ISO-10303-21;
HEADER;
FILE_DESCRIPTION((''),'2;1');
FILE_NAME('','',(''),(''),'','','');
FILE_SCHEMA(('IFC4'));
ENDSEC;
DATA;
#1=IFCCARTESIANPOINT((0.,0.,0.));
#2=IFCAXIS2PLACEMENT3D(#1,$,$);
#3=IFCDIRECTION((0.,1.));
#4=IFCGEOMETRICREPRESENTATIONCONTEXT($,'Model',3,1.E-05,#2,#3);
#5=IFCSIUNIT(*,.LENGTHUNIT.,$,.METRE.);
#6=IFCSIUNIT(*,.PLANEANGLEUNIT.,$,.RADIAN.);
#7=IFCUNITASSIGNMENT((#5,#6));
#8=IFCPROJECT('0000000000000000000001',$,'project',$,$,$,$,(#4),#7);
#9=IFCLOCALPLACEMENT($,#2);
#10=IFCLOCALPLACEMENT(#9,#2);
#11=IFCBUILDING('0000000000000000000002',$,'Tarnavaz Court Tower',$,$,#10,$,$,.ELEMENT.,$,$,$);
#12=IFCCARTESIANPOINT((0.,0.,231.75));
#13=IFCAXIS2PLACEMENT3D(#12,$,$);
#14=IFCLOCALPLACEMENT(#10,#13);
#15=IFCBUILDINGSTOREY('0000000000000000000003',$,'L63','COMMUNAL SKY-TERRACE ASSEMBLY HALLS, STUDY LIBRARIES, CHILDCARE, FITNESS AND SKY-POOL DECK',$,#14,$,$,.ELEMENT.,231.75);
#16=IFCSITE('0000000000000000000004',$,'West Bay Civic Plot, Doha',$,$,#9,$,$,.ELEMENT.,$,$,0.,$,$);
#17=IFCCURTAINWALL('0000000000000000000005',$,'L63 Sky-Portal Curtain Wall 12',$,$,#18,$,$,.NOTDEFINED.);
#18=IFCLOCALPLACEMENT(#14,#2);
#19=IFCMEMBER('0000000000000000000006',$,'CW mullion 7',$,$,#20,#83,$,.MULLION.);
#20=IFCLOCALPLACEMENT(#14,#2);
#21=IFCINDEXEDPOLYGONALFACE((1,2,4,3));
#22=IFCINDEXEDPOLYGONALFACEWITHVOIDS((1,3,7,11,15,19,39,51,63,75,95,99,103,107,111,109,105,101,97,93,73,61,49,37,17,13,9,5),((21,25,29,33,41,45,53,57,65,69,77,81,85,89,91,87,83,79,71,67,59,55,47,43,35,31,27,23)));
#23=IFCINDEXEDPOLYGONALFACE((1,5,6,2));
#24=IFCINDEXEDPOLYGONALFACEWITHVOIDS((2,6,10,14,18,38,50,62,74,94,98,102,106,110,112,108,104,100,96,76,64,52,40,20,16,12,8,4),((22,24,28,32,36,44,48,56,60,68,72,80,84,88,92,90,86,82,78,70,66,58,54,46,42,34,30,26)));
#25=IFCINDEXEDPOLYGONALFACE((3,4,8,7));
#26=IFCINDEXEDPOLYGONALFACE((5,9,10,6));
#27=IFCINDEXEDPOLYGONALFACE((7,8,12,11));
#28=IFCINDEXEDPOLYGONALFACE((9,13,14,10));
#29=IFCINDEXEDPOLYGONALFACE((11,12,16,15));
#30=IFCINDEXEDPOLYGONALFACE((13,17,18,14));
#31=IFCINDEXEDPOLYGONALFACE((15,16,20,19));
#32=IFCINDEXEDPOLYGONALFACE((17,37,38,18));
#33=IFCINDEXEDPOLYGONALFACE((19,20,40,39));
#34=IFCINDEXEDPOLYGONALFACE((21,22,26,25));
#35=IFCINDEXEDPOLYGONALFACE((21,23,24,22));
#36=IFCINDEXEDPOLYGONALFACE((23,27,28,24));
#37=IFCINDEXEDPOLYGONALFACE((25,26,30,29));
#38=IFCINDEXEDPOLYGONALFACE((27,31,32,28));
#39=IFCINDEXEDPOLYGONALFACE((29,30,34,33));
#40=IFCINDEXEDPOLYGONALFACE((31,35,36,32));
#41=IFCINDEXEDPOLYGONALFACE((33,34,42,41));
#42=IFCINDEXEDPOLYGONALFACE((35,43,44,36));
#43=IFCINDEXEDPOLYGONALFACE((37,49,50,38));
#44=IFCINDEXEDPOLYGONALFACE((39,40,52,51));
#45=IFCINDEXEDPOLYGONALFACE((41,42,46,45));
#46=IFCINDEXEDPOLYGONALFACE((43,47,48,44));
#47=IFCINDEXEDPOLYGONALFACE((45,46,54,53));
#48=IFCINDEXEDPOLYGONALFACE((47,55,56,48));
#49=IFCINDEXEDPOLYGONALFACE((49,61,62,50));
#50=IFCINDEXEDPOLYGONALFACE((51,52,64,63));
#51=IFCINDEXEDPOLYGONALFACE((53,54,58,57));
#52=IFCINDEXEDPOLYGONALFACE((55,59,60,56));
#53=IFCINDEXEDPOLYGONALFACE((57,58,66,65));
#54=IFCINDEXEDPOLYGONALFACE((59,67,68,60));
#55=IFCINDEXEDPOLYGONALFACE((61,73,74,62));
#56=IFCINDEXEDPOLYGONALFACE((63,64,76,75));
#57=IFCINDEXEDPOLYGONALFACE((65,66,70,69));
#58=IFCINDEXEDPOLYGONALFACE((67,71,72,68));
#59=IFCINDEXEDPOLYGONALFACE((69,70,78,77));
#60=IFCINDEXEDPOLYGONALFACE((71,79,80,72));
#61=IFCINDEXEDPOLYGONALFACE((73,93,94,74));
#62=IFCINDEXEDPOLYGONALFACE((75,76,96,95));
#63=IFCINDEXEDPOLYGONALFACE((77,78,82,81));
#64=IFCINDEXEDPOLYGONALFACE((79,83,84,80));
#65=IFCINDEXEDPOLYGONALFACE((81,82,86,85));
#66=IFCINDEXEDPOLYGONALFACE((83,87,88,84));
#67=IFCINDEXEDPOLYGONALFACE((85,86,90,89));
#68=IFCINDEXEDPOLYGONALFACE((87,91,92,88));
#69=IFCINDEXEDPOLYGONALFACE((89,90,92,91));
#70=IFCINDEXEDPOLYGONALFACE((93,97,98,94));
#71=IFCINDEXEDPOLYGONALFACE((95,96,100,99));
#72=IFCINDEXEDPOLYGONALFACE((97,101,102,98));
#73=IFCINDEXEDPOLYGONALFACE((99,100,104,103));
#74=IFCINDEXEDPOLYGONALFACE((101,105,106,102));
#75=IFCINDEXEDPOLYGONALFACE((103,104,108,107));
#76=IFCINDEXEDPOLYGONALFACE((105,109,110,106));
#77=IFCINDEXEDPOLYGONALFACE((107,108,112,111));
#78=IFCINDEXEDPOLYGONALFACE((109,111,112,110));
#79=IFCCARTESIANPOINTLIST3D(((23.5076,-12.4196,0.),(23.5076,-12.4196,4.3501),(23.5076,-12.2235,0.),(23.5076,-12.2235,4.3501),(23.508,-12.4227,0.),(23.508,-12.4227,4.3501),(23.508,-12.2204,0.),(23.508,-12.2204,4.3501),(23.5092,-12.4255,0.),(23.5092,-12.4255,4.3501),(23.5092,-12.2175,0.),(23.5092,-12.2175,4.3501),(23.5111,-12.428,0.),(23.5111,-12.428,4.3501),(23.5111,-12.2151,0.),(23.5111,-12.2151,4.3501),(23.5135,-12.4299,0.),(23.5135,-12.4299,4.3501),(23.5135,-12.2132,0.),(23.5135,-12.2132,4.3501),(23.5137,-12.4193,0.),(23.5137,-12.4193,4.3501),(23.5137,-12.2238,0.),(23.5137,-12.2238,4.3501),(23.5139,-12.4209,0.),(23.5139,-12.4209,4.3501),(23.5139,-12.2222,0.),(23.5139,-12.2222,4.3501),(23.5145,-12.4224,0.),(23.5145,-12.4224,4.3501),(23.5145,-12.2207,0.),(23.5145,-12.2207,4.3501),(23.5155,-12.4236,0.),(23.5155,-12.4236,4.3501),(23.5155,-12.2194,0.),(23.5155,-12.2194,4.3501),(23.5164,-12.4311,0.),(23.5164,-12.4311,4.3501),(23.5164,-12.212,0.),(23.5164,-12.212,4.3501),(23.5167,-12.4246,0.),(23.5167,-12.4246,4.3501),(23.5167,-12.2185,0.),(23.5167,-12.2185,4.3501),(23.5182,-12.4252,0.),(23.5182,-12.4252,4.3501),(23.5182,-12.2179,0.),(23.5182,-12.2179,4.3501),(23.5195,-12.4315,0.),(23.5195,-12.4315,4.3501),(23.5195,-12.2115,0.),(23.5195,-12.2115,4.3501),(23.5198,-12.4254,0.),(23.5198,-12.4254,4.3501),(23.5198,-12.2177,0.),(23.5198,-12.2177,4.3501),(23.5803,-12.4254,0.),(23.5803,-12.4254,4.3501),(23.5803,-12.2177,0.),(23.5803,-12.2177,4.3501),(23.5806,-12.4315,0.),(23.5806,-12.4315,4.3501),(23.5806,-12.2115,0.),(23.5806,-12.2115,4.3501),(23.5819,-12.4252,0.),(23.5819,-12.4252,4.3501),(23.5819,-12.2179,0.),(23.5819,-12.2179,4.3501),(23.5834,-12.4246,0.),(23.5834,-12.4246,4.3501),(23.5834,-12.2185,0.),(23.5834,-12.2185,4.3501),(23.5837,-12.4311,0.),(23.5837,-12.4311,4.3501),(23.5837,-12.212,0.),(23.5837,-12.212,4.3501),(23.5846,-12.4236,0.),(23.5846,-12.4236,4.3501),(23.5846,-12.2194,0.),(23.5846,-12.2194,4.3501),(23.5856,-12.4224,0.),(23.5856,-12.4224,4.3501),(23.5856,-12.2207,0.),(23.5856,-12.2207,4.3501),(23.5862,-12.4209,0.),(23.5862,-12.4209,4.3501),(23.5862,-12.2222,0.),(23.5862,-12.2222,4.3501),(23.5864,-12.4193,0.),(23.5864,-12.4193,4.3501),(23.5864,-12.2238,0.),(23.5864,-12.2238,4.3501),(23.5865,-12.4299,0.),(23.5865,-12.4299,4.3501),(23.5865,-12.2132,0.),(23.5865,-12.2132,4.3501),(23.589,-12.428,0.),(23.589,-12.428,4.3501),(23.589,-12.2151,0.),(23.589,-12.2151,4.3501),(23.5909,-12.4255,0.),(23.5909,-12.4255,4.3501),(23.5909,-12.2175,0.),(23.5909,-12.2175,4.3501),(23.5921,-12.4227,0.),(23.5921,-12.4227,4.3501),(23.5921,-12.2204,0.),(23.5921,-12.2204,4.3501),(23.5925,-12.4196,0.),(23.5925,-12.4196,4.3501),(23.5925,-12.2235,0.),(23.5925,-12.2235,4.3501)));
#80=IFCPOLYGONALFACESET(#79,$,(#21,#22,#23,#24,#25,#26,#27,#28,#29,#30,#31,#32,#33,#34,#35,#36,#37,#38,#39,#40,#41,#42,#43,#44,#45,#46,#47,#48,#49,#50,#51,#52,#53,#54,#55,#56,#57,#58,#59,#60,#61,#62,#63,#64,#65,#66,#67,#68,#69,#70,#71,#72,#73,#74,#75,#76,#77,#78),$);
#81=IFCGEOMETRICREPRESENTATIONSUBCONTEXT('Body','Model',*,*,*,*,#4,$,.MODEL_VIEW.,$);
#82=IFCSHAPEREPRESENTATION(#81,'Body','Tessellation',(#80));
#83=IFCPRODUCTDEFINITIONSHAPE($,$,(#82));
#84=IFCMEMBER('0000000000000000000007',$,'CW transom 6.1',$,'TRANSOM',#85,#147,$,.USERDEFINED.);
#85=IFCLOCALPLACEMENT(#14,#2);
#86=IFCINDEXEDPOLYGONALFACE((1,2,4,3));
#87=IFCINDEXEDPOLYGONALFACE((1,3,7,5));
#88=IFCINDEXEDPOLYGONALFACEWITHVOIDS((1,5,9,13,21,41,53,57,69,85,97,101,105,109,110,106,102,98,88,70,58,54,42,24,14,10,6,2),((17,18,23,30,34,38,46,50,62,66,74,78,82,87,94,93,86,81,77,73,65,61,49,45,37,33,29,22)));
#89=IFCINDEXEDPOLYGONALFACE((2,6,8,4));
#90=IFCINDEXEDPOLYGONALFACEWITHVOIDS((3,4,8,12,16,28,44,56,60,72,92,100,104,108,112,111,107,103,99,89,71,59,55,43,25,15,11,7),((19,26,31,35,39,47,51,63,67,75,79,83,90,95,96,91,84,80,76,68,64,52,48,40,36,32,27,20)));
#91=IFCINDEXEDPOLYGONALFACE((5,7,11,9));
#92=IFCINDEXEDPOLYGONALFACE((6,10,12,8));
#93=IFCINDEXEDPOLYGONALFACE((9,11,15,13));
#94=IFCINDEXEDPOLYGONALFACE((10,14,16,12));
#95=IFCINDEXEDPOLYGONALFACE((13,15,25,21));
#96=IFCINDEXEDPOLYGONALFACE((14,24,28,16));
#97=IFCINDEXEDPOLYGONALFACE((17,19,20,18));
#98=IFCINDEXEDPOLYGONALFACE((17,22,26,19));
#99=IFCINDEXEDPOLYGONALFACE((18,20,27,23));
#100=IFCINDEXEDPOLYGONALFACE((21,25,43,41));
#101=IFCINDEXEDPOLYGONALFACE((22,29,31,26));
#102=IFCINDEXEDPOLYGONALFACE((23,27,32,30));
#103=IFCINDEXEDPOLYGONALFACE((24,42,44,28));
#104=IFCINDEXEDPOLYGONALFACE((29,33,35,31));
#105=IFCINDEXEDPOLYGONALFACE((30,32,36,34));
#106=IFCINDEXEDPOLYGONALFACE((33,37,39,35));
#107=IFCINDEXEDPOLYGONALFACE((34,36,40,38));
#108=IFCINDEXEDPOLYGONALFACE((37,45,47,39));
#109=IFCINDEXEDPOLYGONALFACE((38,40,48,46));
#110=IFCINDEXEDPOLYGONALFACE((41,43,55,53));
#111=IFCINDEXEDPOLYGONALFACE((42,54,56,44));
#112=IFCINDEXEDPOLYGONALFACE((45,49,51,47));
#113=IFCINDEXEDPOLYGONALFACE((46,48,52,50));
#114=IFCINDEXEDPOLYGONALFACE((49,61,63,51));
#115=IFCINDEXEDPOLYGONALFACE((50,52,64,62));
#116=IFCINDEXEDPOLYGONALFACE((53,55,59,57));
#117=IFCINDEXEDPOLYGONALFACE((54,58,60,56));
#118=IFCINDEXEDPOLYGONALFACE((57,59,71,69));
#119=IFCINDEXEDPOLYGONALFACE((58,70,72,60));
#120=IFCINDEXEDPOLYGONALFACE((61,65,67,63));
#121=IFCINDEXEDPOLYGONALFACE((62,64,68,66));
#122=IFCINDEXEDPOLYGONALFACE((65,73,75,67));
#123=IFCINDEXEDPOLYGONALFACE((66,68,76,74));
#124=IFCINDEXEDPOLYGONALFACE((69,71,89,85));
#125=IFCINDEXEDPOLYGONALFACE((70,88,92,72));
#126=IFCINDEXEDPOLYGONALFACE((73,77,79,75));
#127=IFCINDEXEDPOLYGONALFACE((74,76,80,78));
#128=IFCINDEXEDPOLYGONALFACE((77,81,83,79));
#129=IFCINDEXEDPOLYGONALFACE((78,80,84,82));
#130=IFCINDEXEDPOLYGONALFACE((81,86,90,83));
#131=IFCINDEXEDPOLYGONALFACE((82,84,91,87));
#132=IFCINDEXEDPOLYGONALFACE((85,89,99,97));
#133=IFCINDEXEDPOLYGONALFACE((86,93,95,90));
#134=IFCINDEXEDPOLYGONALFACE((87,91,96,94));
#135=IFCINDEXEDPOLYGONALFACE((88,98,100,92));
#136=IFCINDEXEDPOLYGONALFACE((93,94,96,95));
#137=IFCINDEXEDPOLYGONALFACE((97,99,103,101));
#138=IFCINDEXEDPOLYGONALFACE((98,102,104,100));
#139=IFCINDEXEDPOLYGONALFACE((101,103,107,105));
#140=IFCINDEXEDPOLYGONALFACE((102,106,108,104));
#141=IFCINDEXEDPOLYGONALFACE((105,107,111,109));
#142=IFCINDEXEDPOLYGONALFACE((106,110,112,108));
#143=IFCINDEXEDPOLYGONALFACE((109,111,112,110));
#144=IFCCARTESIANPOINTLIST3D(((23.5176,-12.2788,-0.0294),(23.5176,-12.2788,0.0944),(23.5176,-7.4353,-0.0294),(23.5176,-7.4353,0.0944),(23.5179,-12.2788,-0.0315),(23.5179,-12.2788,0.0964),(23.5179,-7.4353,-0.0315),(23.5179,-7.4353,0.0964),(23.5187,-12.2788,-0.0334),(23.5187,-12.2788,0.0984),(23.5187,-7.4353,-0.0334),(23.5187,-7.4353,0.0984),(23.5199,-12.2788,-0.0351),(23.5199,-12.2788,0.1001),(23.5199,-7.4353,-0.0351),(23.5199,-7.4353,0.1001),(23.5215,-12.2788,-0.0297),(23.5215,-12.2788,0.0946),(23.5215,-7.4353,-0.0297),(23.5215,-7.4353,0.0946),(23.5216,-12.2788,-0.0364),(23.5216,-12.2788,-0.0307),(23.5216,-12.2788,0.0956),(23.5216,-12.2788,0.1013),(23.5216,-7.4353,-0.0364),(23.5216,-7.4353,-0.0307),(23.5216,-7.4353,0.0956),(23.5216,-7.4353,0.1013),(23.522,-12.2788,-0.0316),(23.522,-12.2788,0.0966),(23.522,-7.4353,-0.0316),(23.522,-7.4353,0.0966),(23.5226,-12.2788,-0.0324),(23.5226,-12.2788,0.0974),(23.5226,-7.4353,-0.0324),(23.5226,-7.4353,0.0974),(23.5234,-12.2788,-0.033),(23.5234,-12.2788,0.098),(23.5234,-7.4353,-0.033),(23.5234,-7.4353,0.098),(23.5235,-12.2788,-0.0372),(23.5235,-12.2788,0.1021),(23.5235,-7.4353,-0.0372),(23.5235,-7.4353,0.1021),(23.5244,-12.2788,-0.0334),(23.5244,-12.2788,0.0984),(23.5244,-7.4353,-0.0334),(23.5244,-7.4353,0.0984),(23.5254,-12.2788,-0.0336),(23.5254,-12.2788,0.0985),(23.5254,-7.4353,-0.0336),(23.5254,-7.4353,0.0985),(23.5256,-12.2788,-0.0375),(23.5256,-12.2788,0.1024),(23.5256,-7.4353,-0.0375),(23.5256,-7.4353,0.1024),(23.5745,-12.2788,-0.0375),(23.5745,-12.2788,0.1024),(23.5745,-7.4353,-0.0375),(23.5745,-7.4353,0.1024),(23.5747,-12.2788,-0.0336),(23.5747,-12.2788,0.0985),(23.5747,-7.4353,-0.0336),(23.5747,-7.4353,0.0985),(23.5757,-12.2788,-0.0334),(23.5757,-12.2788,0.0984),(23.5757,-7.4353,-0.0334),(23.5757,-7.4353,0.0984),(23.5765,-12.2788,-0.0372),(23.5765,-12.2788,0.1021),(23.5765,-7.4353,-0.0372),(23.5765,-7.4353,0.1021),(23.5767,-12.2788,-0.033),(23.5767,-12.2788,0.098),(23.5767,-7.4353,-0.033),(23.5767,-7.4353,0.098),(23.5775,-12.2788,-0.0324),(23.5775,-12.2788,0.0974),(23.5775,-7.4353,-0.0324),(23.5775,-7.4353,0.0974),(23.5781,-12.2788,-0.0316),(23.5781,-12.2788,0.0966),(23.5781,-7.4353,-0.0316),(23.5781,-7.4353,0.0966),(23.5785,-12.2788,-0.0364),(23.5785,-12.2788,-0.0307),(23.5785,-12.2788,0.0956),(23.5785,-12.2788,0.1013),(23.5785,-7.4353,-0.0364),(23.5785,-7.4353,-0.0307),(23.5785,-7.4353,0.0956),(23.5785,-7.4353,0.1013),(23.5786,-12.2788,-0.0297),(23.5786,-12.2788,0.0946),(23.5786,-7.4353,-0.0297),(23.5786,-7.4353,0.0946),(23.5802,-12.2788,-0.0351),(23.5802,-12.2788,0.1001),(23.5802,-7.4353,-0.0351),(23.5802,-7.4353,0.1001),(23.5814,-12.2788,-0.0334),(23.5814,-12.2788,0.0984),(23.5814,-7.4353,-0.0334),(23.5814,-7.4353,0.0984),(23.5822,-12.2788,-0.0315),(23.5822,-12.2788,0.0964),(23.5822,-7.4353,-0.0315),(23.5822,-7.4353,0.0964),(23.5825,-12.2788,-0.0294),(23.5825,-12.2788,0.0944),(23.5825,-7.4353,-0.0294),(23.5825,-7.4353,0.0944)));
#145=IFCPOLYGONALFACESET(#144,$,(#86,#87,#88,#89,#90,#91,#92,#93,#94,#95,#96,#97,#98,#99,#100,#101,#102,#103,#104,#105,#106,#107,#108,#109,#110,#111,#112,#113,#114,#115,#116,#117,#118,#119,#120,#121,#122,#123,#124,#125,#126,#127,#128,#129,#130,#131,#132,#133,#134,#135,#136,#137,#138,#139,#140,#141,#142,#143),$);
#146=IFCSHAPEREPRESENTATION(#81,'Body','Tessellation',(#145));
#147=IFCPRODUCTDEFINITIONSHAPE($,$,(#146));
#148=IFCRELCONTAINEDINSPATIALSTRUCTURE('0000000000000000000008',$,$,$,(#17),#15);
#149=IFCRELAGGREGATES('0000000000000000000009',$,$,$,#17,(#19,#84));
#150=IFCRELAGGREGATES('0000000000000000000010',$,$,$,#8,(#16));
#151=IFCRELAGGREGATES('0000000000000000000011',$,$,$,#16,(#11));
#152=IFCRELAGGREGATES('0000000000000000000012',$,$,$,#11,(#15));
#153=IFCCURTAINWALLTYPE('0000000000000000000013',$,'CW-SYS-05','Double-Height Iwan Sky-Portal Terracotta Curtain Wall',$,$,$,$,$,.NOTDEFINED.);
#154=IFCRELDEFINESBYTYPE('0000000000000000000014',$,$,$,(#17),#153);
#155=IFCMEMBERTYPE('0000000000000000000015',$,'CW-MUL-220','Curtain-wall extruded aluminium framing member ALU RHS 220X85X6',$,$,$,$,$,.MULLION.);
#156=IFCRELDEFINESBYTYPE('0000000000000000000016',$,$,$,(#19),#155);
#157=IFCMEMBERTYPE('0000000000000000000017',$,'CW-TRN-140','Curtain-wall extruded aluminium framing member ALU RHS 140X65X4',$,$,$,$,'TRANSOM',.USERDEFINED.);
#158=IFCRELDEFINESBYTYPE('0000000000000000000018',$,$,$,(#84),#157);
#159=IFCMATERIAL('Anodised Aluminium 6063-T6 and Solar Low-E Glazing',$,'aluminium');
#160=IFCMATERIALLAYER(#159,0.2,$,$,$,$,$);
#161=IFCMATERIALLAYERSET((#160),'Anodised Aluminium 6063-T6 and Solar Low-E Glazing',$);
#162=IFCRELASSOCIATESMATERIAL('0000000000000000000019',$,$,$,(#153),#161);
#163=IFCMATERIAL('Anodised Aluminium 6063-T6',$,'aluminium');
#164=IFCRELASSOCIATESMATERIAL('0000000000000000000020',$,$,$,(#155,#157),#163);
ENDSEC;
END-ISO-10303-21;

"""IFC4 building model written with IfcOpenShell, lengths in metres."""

from ifc_helpers import new_model, si_unit, direction, frame, origin, origin_2d, place, context, subcontext, project, spatial, hollow_rectangle, extrude, material, layer, layer_set, material_profile, profile_set, type_object, element, aggregate, save


model = new_model("IFC4")

# Units and contexts
model_context = context("Model", 3, precision=1e-05, world=origin(), true_north=direction((0.0, 1.0)))
body_context = subcontext(model_context, "Body", "Model", "MODEL_VIEW")
ifc_project = project(units=[si_unit("LENGTHUNIT", "METRE"), si_unit("PLANEANGLEUNIT", "RADIAN")], contexts=[model_context])

# Site, building, storey
site_placement = place(None, origin())
site = spatial("IfcSite", under=ifc_project, at=site_placement, Name="West Bay Civic Plot, Doha", CompositionType="ELEMENT", RefElevation=0.0)
building_placement = place(site_placement, origin())
building = spatial("IfcBuilding", under=site, at=building_placement, Name="Tarnavaz Court Tower", CompositionType="ELEMENT")
storey_placement = place(building_placement, frame((0.0, 0.0, 231.75)))
storey = spatial("IfcBuildingStorey", under=building, at=storey_placement, Name="L63", Description="COMMUNAL SKY-TERRACE ASSEMBLY HALLS, STUDY LIBRARIES, CHILDCARE, FITNESS AND SKY-POOL DECK", CompositionType="ELEMENT", Elevation=231.75)

# Curtain wall, members
ifc_material_1 = material(Name="Anodised Aluminium 6063-T6 and Solar Low-E Glazing", Category="aluminium")
ifc_layer_1 = layer(ifc_material_1, 0.2)
ifc_layer_set_1 = layer_set([ifc_layer_1], Name="Anodised Aluminium 6063-T6 and Solar Low-E Glazing")
curtain_wall_type = type_object("IfcCurtainWallType", Name="CW-SYS-05", Description="Double-Height Iwan Sky-Portal Terracotta Curtain Wall", PredefinedType="NOTDEFINED", material=ifc_layer_set_1)
curtain_wall_placement = place(storey_placement, origin())
curtain_wall = element("IfcCurtainWall", 1, at=curtain_wall_placement, inside=storey, type_object=curtain_wall_type, Name="L63 Sky-Portal Curtain Wall 12", PredefinedType="NOTDEFINED")
ifc_material_2 = material(Name="Anodised Aluminium 6063-T6", Category="aluminium")
ifc_material_profile_1 = material_profile(ifc_material_2, hollow_rectangle(XDim=0.085, YDim=0.22, WallThickness=0.0061, InnerFilletRadius=0.0061, OuterFilletRadius=0.012, at=origin_2d()), Name="ALU RHS 220X85X6")
ifc_profile_set_1 = profile_set([ifc_material_profile_1], Name="Anodised Aluminium 6063-T6")
member_type_1 = type_object("IfcMemberType", Name="CW-MUL-220", Description="Curtain-wall extruded aluminium framing member ALU RHS 220X85X6", PredefinedType="MULLION", material=ifc_profile_set_1)
member_1_placement = place(storey_placement, frame((23.55, -12.3215, 0.0), z_axis=(0.0, 0.0, 1.0), x_axis=(1.0, 0.0, 0.0)))
member_1 = element("IfcMember", 2, at=member_1_placement, type_object=member_type_1, Name="CW mullion 7", PredefinedType="MULLION", context=body_context, shape_type="SweptSolid", body=[
    extrude(hollow_rectangle(XDim=0.085, YDim=0.22, WallThickness=0.0061, InnerFilletRadius=0.0061, OuterFilletRadius=0.012, at=origin_2d()), origin(), (0.0, 0.0, 1.0), 4.3501),
])
ifc_material_profile_2 = material_profile(ifc_material_2, hollow_rectangle(XDim=0.0649, YDim=0.1399, WallThickness=0.0039, InnerFilletRadius=0.0039, OuterFilletRadius=0.0081, at=origin_2d()), Name="ALU RHS 140X65X4")
ifc_profile_set_2 = profile_set([ifc_material_profile_2], Name="Anodised Aluminium 6063-T6")
member_type_2 = type_object("IfcMemberType", Name="CW-TRN-140", Description="Curtain-wall extruded aluminium framing member ALU RHS 140X65X4", ElementType="TRANSOM", PredefinedType="USERDEFINED", material=ifc_profile_set_2)
member_2_placement = place(storey_placement, frame((23.55, -7.4353, 0.0325), z_axis=(0.0, -1.0, 0.0), x_axis=(1.0, 0.0, 0.0)))
member_2 = element("IfcMember", 3, at=member_2_placement, type_object=member_type_2, Name="CW transom 6.1", ObjectType="TRANSOM", PredefinedType="USERDEFINED", context=body_context, shape_type="SweptSolid", body=[
    extrude(hollow_rectangle(XDim=0.0649, YDim=0.1399, WallThickness=0.0039, InnerFilletRadius=0.0039, OuterFilletRadius=0.0081, at=origin_2d()), origin(), (0.0, 0.0, 1.0), 4.8435),
])
aggregate(curtain_wall, [member_1, member_2])

save(model, "model.ifc")
